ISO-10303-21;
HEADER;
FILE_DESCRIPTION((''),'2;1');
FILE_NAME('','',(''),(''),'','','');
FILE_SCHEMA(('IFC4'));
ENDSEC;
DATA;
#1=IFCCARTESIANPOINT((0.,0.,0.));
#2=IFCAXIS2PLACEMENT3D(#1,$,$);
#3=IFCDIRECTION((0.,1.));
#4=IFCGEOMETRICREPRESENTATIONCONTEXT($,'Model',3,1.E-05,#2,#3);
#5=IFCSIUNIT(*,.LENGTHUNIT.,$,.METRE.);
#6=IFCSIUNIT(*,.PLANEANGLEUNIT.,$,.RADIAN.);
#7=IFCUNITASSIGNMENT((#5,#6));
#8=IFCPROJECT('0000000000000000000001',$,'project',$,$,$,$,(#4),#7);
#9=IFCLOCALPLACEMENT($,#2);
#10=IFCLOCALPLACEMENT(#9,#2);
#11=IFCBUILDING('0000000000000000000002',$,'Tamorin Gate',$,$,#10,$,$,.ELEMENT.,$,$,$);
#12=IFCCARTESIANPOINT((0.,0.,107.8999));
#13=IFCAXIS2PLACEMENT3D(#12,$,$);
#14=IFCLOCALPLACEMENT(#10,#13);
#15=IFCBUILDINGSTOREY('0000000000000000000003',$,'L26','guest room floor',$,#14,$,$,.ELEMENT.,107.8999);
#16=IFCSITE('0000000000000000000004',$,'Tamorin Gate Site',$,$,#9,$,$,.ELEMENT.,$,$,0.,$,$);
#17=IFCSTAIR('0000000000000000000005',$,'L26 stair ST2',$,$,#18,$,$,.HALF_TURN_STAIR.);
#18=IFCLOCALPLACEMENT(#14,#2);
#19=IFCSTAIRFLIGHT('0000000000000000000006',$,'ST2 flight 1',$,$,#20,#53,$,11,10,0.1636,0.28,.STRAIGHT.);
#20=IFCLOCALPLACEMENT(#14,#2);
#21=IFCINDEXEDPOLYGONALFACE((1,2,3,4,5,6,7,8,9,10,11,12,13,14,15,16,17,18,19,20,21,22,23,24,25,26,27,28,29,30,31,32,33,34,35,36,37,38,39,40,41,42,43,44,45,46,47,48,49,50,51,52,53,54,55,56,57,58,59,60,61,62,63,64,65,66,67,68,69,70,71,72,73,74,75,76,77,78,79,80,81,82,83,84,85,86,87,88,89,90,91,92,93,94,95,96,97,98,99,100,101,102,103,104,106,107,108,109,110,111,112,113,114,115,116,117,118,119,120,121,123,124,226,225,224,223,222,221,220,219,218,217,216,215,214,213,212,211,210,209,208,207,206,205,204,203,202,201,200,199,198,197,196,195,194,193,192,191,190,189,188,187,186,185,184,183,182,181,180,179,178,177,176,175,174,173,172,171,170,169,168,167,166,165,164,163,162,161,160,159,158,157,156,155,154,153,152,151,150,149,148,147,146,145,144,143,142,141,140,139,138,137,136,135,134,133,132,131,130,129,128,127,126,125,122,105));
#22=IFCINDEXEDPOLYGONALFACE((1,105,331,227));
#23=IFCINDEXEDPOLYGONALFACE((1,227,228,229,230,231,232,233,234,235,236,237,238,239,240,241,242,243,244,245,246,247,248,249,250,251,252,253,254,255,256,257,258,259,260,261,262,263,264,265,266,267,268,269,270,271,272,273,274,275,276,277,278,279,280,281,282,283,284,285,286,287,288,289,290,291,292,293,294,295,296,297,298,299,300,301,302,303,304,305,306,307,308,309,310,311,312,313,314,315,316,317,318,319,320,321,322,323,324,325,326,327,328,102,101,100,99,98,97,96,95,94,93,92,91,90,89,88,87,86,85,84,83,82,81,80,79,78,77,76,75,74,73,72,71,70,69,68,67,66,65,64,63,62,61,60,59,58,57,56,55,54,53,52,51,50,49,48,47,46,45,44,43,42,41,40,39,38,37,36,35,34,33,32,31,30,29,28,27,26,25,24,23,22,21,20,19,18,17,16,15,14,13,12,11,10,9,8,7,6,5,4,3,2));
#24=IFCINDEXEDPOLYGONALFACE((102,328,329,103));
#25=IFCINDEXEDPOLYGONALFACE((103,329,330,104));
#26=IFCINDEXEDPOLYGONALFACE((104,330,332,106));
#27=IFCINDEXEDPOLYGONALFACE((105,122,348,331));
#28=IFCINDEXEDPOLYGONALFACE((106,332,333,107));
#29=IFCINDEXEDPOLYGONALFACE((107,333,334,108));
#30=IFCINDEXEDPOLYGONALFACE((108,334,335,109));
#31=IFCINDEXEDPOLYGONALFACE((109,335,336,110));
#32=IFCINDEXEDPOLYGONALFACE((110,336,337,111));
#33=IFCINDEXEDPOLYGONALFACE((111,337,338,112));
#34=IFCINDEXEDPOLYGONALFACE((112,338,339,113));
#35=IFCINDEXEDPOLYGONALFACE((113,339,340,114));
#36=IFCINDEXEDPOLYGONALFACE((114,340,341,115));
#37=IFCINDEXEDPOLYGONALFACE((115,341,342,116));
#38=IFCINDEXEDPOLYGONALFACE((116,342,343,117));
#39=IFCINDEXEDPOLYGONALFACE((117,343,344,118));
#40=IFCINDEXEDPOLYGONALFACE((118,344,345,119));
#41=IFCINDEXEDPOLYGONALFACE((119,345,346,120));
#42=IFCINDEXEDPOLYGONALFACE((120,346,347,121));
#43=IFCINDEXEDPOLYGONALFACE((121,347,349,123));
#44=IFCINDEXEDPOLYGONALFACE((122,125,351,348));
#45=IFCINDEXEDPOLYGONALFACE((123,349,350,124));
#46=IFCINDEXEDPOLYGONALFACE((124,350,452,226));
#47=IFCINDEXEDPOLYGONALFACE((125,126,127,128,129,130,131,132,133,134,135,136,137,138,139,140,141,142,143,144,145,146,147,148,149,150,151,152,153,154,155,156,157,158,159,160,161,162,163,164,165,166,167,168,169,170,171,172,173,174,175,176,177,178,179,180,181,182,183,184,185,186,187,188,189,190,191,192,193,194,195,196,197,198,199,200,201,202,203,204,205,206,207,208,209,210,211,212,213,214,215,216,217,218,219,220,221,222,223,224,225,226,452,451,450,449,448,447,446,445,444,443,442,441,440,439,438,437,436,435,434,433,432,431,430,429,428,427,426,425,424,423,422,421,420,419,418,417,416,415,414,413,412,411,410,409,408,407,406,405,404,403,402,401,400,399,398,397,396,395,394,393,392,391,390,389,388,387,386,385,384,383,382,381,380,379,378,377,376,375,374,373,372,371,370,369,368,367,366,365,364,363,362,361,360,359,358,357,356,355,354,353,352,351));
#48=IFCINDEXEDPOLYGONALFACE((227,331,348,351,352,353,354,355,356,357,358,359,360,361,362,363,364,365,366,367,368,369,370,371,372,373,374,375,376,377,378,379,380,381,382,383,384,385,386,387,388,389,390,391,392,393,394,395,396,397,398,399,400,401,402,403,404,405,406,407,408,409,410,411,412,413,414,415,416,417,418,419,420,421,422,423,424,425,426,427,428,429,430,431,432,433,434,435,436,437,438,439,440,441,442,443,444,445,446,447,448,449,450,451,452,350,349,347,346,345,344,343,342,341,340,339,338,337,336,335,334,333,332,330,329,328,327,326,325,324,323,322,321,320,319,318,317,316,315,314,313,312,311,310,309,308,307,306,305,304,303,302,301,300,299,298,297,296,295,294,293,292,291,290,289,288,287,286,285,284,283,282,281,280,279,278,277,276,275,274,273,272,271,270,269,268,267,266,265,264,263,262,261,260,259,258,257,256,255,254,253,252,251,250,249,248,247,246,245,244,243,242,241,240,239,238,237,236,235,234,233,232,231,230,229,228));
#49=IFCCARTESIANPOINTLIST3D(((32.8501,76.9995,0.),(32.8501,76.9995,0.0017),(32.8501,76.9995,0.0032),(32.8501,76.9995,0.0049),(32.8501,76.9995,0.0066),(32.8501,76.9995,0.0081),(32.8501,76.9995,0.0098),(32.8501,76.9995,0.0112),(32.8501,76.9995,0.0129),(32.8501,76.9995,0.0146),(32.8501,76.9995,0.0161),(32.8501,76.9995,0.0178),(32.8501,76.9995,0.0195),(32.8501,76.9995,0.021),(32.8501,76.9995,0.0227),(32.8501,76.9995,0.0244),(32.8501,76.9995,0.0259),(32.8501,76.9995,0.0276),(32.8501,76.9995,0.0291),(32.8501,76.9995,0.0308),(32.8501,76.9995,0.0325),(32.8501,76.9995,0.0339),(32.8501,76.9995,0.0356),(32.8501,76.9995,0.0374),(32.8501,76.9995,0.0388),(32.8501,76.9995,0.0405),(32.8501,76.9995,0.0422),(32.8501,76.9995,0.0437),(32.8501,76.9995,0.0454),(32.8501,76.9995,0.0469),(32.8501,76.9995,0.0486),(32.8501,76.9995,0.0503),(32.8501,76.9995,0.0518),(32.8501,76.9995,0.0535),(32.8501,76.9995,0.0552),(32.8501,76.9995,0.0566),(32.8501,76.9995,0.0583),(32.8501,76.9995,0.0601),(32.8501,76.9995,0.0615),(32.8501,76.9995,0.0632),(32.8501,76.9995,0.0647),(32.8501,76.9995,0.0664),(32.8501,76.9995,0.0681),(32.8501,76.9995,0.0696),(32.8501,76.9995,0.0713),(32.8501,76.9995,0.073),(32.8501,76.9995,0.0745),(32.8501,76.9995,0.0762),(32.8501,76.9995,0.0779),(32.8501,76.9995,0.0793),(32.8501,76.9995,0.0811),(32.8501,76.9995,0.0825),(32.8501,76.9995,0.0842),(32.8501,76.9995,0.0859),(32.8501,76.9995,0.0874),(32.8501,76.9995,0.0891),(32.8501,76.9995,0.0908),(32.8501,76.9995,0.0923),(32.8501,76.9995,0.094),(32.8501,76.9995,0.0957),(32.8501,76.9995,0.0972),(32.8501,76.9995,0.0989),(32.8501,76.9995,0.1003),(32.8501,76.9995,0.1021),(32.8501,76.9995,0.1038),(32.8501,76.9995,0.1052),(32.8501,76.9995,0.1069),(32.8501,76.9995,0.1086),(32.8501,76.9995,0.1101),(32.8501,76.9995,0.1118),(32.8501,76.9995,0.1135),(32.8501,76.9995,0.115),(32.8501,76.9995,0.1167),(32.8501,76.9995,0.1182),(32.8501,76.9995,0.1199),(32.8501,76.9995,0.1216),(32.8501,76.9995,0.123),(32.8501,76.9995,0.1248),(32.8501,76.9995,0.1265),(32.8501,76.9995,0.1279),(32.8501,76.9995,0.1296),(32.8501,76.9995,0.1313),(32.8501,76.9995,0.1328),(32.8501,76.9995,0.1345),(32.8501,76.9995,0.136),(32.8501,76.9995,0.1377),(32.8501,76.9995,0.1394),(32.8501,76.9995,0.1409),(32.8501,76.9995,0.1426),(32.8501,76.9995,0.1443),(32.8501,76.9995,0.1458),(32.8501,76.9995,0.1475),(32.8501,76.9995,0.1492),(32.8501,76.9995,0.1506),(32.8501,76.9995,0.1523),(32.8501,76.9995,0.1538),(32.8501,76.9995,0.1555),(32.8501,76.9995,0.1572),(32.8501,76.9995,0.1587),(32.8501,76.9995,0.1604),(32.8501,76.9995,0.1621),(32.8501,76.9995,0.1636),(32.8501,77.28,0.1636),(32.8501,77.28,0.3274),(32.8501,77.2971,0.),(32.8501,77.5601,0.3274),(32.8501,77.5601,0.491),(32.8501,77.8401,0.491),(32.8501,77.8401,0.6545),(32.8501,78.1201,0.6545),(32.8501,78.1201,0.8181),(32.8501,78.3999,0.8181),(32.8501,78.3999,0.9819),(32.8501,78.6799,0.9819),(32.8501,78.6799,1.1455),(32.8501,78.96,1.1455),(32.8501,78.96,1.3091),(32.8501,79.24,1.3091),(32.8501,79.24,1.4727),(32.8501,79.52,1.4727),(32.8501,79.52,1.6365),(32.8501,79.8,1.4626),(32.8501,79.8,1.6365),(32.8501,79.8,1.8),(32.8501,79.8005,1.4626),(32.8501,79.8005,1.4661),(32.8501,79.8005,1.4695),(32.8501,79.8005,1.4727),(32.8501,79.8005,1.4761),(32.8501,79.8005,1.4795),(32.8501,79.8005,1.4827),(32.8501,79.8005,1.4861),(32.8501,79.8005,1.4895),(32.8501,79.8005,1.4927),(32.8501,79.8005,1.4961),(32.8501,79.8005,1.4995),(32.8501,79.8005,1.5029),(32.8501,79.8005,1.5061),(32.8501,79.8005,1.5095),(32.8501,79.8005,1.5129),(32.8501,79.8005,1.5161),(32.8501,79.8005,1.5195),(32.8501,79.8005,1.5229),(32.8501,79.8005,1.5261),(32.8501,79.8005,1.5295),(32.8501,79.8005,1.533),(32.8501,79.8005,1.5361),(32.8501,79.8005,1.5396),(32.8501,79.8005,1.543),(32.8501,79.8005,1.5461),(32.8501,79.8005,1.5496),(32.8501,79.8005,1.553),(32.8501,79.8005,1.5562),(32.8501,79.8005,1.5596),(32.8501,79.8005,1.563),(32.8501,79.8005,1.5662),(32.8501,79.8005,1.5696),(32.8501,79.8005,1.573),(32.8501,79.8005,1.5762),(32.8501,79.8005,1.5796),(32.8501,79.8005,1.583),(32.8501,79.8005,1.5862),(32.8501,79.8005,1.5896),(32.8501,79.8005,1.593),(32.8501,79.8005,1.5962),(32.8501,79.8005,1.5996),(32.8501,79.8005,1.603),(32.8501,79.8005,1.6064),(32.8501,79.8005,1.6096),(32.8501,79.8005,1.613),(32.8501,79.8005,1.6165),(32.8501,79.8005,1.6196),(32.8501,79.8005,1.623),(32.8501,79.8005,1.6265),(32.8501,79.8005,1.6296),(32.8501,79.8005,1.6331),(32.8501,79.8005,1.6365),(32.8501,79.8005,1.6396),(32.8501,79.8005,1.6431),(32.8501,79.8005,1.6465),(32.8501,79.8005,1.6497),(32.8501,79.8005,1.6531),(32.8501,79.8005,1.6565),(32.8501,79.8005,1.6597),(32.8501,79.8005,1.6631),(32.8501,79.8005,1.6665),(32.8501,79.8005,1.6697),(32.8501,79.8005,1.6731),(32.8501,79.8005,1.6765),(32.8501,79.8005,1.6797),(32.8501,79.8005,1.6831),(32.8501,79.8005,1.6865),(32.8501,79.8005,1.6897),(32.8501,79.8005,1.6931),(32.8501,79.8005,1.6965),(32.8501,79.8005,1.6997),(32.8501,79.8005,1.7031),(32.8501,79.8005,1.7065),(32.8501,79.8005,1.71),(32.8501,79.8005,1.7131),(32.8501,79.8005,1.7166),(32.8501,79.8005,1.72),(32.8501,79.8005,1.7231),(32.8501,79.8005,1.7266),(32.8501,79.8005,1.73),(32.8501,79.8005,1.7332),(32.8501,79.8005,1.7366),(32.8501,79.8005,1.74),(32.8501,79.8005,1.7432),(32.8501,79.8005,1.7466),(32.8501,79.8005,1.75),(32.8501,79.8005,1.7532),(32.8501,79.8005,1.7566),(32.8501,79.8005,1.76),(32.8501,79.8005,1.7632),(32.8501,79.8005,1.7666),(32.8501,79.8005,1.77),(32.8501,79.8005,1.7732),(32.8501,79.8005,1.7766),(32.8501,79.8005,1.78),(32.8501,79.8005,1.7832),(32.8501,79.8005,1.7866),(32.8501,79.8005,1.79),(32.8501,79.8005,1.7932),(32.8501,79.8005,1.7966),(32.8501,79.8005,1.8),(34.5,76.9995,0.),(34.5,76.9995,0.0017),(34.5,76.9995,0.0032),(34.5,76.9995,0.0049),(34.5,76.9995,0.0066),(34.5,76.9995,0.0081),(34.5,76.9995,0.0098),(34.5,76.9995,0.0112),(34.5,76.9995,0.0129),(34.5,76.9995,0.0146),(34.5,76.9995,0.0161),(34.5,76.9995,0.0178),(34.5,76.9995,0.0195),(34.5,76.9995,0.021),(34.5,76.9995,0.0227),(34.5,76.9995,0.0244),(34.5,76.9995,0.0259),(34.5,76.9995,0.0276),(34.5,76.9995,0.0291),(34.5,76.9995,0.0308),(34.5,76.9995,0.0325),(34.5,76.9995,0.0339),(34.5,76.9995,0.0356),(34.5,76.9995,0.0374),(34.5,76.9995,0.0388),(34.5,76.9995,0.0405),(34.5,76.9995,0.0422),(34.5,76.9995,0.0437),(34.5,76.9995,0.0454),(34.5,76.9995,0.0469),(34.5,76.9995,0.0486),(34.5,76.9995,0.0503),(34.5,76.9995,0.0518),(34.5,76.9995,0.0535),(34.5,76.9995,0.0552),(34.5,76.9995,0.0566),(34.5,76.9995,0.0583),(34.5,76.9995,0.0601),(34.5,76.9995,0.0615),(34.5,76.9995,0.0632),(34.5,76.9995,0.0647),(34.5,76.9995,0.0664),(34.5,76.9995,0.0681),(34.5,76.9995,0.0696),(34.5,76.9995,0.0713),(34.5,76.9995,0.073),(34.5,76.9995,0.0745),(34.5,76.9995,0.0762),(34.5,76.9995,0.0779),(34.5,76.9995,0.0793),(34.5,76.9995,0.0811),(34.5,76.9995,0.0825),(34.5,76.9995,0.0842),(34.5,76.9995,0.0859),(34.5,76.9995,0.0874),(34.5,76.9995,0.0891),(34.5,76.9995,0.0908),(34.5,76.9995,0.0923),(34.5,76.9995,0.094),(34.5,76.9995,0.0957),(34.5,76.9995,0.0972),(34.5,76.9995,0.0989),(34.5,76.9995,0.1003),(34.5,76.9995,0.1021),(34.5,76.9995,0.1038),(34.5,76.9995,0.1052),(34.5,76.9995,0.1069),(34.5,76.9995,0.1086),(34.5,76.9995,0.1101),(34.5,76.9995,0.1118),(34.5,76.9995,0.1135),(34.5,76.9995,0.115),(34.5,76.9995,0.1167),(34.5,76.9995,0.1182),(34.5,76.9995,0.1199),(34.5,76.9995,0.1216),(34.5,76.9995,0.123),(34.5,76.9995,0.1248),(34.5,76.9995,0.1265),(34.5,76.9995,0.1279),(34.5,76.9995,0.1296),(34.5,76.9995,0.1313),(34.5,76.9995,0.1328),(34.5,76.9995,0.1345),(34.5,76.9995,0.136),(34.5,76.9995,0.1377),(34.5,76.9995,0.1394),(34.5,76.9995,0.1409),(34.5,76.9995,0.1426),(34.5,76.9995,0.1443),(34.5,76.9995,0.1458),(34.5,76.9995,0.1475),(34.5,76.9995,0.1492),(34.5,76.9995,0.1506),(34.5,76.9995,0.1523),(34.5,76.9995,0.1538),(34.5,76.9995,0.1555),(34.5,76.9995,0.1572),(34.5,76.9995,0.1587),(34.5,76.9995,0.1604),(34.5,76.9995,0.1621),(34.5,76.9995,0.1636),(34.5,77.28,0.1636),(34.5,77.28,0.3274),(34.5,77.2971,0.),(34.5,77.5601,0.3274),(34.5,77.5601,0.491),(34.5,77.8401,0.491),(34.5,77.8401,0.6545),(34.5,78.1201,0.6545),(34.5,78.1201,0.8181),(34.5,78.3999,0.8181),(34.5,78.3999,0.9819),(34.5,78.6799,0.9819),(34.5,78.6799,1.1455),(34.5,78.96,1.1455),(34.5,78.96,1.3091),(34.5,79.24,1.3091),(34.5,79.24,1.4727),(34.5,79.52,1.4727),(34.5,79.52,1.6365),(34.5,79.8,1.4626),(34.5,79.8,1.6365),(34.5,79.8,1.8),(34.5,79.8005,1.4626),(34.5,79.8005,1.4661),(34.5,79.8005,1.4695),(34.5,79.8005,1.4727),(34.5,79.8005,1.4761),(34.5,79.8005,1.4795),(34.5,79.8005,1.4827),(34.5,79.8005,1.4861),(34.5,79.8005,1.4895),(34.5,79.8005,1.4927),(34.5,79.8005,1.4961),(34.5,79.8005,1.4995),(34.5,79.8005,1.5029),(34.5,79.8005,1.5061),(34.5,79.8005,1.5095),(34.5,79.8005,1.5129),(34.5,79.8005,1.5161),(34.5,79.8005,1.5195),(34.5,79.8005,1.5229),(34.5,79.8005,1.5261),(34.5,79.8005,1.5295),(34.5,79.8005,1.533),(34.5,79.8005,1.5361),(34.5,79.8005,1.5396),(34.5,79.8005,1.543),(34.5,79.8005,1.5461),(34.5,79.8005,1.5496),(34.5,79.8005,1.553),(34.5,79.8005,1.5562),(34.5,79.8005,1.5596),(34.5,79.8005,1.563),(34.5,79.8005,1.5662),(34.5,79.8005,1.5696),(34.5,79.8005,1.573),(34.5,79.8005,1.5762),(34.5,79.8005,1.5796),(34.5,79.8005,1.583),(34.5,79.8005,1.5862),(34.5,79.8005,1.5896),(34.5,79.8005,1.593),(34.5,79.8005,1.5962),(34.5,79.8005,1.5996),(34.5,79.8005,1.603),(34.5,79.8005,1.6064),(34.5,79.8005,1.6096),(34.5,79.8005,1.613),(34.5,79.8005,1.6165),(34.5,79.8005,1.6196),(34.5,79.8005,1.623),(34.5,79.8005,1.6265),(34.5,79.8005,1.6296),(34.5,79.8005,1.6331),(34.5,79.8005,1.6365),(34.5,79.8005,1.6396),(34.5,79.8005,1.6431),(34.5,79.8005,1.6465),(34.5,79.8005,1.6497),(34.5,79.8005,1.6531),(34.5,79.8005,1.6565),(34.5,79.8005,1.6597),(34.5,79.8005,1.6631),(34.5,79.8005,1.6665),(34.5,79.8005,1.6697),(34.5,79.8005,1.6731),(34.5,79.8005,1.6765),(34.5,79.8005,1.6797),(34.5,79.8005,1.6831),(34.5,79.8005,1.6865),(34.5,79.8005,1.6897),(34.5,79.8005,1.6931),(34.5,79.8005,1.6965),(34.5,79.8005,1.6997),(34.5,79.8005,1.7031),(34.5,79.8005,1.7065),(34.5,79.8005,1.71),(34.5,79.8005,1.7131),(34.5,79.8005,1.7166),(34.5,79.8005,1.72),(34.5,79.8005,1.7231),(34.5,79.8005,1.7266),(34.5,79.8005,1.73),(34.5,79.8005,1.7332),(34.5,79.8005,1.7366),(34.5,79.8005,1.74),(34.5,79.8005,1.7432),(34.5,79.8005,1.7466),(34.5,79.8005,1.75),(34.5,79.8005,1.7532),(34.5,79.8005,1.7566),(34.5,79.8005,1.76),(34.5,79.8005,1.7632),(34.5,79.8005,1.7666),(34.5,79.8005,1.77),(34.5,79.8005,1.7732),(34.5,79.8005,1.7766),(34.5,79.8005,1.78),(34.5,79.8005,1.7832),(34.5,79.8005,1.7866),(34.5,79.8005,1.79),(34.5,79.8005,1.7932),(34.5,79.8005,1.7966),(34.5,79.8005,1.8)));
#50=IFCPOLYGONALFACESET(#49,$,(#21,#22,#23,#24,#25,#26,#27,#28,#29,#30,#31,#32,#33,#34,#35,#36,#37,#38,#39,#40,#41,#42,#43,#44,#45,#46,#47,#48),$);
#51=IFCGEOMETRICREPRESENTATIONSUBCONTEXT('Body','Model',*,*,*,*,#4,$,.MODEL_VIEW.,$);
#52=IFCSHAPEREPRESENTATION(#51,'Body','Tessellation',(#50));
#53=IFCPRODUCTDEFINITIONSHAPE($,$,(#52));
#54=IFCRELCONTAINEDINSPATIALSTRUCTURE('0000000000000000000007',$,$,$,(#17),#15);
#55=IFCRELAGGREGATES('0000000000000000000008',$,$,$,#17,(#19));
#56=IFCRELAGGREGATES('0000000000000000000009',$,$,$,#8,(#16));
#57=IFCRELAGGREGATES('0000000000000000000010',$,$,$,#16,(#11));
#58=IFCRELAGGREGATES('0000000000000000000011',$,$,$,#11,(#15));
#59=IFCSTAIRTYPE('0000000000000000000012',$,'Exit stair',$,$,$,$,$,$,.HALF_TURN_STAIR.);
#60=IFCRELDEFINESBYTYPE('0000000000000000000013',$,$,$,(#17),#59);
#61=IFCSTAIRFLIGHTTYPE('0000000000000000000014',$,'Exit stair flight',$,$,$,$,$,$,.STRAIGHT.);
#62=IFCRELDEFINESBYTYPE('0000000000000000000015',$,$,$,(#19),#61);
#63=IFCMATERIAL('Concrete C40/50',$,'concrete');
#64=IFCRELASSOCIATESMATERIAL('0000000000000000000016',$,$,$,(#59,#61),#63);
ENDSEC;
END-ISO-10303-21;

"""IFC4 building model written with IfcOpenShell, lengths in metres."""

from ifc_helpers import new_model, si_unit, direction, frame, origin, place, context, subcontext, project, spatial, polyline, outline, extrude, material, type_object, element, aggregate, save


model = new_model("IFC4")

# Units and contexts
model_context = context("Model", 3, precision=1e-05, world=origin(), true_north=direction((0.0, 1.0)))
body_context = subcontext(model_context, "Body", "Model", "MODEL_VIEW")
ifc_project = project(units=[si_unit("LENGTHUNIT", "METRE"), si_unit("PLANEANGLEUNIT", "RADIAN")], contexts=[model_context])

# Site, building, storey
site_placement = place(None, origin())
site = spatial("IfcSite", under=ifc_project, at=site_placement, Name="Tamorin Gate Site", CompositionType="ELEMENT", RefElevation=0.0)
building_placement = place(site_placement, origin())
building = spatial("IfcBuilding", under=site, at=building_placement, Name="Tamorin Gate", CompositionType="ELEMENT")
storey_placement = place(building_placement, frame((0.0, 0.0, 107.8999)))
storey = spatial("IfcBuildingStorey", under=building, at=storey_placement, Name="L26", Description="guest room floor", CompositionType="ELEMENT", Elevation=107.8999)

# Shared definitions
ifc_material_1 = material(Name="Concrete C40/50", Category="concrete")

# Stair, stair flight
stair_type = type_object("IfcStairType", Name="Exit stair", PredefinedType="HALF_TURN_STAIR", material=ifc_material_1)
stair_placement = place(storey_placement, origin())
stair = element("IfcStair", 1, at=stair_placement, inside=storey, type_object=stair_type, Name="L26 stair ST2", PredefinedType="HALF_TURN_STAIR")
stair_flight_type = type_object("IfcStairFlightType", Name="Exit stair flight", PredefinedType="STRAIGHT", material=ifc_material_1)
stair_flight_1_placement = place(storey_placement, frame((33.675, 77.0, 0.0), z_axis=(0.0, 0.0, 1.0), x_axis=(0.0, 1.0, 0.0)))
stair_flight_1 = element("IfcStairFlight", 2, at=stair_flight_1_placement, type_object=stair_flight_type, Name="ST2 flight 1", NumberOfRisers=11, NumberOfTreads=10, PredefinedType="STRAIGHT", RiserHeight=0.1636, TreadLength=0.28, context=body_context, shape_type="SweptSolid", body=[
    extrude(outline(polyline([(-0.0005, 0.0), (-0.0005, 0.0017), (-0.0005, 0.0032), (-0.0005, 0.0049), (-0.0005, 0.0066), (-0.0005, 0.0081), (-0.0005, 0.0098), (-0.0005, 0.0112), (-0.0005, 0.0129), (-0.0005, 0.0146), (-0.0005, 0.0161), (-0.0005, 0.0178), (-0.0005, 0.0195), (-0.0005, 0.021), (-0.0005, 0.0227), (-0.0005, 0.0244), (-0.0005, 0.0259), (-0.0005, 0.0276), (-0.0005, 0.0291), (-0.0005, 0.0308), (-0.0005, 0.0325), (-0.0005, 0.0339), (-0.0005, 0.0356), (-0.0005, 0.0374), (-0.0005, 0.0388), (-0.0005, 0.0405), (-0.0005, 0.0422), (-0.0005, 0.0437), (-0.0005, 0.0454), (-0.0005, 0.0469), (-0.0005, 0.0486), (-0.0005, 0.0503), (-0.0005, 0.0518), (-0.0005, 0.0535), (-0.0005, 0.0552), (-0.0005, 0.0566), (-0.0005, 0.0583), (-0.0005, 0.0601), (-0.0005, 0.0615), (-0.0005, 0.0632), (-0.0005, 0.0647), (-0.0005, 0.0664), (-0.0005, 0.0681), (-0.0005, 0.0696), (-0.0005, 0.0713), (-0.0005, 0.073), (-0.0005, 0.0745), (-0.0005, 0.0762), (-0.0005, 0.0779), (-0.0005, 0.0793), (-0.0005, 0.0811), (-0.0005, 0.0825), (-0.0005, 0.0842), (-0.0005, 0.0859), (-0.0005, 0.0874), (-0.0005, 0.0891), (-0.0005, 0.0908), (-0.0005, 0.0923), (-0.0005, 0.094), (-0.0005, 0.0957), (-0.0005, 0.0972), (-0.0005, 0.0989), (-0.0005, 0.1003), (-0.0005, 0.1021), (-0.0005, 0.1038), (-0.0005, 0.1052), (-0.0005, 0.1069), (-0.0005, 0.1086), (-0.0005, 0.1101), (-0.0005, 0.1118), (-0.0005, 0.1135), (-0.0005, 0.115), (-0.0005, 0.1167), (-0.0005, 0.1182), (-0.0005, 0.1199), (-0.0005, 0.1216), (-0.0005, 0.123), (-0.0005, 0.1248), (-0.0005, 0.1265), (-0.0005, 0.1279), (-0.0005, 0.1296), (-0.0005, 0.1313), (-0.0005, 0.1328), (-0.0005, 0.1345), (-0.0005, 0.136), (-0.0005, 0.1377), (-0.0005, 0.1394), (-0.0005, 0.1409), (-0.0005, 0.1426), (-0.0005, 0.1443), (-0.0005, 0.1458), (-0.0005, 0.1475), (-0.0005, 0.1492), (-0.0005, 0.1506), (-0.0005, 0.1523), (-0.0005, 0.1538), (-0.0005, 0.1555), (-0.0005, 0.1572), (-0.0005, 0.1587), (-0.0005, 0.1604), (-0.0005, 0.1621), (-0.0005, 0.1636), (0.28, 0.1636), (0.28, 0.3274), (0.5601, 0.3274), (0.5601, 0.491), (0.8401, 0.491), (0.8401, 0.6545), (1.1201, 0.6545), (1.1201, 0.8181), (1.3999, 0.8181), (1.3999, 0.9819), (1.6799, 0.9819), (1.6799, 1.1455), (1.96, 1.1455), (1.96, 1.3091), (2.24, 1.3091), (2.24, 1.4727), (2.52, 1.4727), (2.52, 1.6365), (2.8, 1.6365), (2.8, 1.8), (2.8005, 1.8), (2.8005, 1.7966), (2.8005, 1.7932), (2.8005, 1.79), (2.8005, 1.7866), (2.8005, 1.7832), (2.8005, 1.78), (2.8005, 1.7766), (2.8005, 1.7732), (2.8005, 1.77), (2.8005, 1.7666), (2.8005, 1.7632), (2.8005, 1.76), (2.8005, 1.7566), (2.8005, 1.7532), (2.8005, 1.75), (2.8005, 1.7466), (2.8005, 1.7432), (2.8005, 1.74), (2.8005, 1.7366), (2.8005, 1.7332), (2.8005, 1.73), (2.8005, 1.7266), (2.8005, 1.7231), (2.8005, 1.72), (2.8005, 1.7166), (2.8005, 1.7131), (2.8005, 1.71), (2.8005, 1.7065), (2.8005, 1.7031), (2.8005, 1.6997), (2.8005, 1.6965), (2.8005, 1.6931), (2.8005, 1.6897), (2.8005, 1.6865), (2.8005, 1.6831), (2.8005, 1.6797), (2.8005, 1.6765), (2.8005, 1.6731), (2.8005, 1.6697), (2.8005, 1.6665), (2.8005, 1.6631), (2.8005, 1.6597), (2.8005, 1.6565), (2.8005, 1.6531), (2.8005, 1.6497), (2.8005, 1.6465), (2.8005, 1.6431), (2.8005, 1.6396), (2.8005, 1.6365), (2.8005, 1.6331), (2.8005, 1.6296), (2.8005, 1.6265), (2.8005, 1.623), (2.8005, 1.6196), (2.8005, 1.6165), (2.8005, 1.613), (2.8005, 1.6096), (2.8005, 1.6064), (2.8005, 1.603), (2.8005, 1.5996), (2.8005, 1.5962), (2.8005, 1.593), (2.8005, 1.5896), (2.8005, 1.5862), (2.8005, 1.583), (2.8005, 1.5796), (2.8005, 1.5762), (2.8005, 1.573), (2.8005, 1.5696), (2.8005, 1.5662), (2.8005, 1.563), (2.8005, 1.5596), (2.8005, 1.5562), (2.8005, 1.553), (2.8005, 1.5496), (2.8005, 1.5461), (2.8005, 1.543), (2.8005, 1.5396), (2.8005, 1.5361), (2.8005, 1.533), (2.8005, 1.5295), (2.8005, 1.5261), (2.8005, 1.5229), (2.8005, 1.5195), (2.8005, 1.5161), (2.8005, 1.5129), (2.8005, 1.5095), (2.8005, 1.5061), (2.8005, 1.5029), (2.8005, 1.4995), (2.8005, 1.4961), (2.8005, 1.4927), (2.8005, 1.4895), (2.8005, 1.4861), (2.8005, 1.4827), (2.8005, 1.4795), (2.8005, 1.4761), (2.8005, 1.4727), (2.8005, 1.4695), (2.8005, 1.4661), (2.8005, 1.4626), (2.8, 1.4626), (0.2971, 0.0), (-0.0005, 0.0)])), frame((0.0, 0.825, 0.0), z_axis=(0.0, -1.0, 0.0), x_axis=(1.0, 0.0, 0.0)), (0.0, 0.0, 1.0), 1.6499),
])
aggregate(stair, [stair_flight_1])

save(model, "model.ifc")
